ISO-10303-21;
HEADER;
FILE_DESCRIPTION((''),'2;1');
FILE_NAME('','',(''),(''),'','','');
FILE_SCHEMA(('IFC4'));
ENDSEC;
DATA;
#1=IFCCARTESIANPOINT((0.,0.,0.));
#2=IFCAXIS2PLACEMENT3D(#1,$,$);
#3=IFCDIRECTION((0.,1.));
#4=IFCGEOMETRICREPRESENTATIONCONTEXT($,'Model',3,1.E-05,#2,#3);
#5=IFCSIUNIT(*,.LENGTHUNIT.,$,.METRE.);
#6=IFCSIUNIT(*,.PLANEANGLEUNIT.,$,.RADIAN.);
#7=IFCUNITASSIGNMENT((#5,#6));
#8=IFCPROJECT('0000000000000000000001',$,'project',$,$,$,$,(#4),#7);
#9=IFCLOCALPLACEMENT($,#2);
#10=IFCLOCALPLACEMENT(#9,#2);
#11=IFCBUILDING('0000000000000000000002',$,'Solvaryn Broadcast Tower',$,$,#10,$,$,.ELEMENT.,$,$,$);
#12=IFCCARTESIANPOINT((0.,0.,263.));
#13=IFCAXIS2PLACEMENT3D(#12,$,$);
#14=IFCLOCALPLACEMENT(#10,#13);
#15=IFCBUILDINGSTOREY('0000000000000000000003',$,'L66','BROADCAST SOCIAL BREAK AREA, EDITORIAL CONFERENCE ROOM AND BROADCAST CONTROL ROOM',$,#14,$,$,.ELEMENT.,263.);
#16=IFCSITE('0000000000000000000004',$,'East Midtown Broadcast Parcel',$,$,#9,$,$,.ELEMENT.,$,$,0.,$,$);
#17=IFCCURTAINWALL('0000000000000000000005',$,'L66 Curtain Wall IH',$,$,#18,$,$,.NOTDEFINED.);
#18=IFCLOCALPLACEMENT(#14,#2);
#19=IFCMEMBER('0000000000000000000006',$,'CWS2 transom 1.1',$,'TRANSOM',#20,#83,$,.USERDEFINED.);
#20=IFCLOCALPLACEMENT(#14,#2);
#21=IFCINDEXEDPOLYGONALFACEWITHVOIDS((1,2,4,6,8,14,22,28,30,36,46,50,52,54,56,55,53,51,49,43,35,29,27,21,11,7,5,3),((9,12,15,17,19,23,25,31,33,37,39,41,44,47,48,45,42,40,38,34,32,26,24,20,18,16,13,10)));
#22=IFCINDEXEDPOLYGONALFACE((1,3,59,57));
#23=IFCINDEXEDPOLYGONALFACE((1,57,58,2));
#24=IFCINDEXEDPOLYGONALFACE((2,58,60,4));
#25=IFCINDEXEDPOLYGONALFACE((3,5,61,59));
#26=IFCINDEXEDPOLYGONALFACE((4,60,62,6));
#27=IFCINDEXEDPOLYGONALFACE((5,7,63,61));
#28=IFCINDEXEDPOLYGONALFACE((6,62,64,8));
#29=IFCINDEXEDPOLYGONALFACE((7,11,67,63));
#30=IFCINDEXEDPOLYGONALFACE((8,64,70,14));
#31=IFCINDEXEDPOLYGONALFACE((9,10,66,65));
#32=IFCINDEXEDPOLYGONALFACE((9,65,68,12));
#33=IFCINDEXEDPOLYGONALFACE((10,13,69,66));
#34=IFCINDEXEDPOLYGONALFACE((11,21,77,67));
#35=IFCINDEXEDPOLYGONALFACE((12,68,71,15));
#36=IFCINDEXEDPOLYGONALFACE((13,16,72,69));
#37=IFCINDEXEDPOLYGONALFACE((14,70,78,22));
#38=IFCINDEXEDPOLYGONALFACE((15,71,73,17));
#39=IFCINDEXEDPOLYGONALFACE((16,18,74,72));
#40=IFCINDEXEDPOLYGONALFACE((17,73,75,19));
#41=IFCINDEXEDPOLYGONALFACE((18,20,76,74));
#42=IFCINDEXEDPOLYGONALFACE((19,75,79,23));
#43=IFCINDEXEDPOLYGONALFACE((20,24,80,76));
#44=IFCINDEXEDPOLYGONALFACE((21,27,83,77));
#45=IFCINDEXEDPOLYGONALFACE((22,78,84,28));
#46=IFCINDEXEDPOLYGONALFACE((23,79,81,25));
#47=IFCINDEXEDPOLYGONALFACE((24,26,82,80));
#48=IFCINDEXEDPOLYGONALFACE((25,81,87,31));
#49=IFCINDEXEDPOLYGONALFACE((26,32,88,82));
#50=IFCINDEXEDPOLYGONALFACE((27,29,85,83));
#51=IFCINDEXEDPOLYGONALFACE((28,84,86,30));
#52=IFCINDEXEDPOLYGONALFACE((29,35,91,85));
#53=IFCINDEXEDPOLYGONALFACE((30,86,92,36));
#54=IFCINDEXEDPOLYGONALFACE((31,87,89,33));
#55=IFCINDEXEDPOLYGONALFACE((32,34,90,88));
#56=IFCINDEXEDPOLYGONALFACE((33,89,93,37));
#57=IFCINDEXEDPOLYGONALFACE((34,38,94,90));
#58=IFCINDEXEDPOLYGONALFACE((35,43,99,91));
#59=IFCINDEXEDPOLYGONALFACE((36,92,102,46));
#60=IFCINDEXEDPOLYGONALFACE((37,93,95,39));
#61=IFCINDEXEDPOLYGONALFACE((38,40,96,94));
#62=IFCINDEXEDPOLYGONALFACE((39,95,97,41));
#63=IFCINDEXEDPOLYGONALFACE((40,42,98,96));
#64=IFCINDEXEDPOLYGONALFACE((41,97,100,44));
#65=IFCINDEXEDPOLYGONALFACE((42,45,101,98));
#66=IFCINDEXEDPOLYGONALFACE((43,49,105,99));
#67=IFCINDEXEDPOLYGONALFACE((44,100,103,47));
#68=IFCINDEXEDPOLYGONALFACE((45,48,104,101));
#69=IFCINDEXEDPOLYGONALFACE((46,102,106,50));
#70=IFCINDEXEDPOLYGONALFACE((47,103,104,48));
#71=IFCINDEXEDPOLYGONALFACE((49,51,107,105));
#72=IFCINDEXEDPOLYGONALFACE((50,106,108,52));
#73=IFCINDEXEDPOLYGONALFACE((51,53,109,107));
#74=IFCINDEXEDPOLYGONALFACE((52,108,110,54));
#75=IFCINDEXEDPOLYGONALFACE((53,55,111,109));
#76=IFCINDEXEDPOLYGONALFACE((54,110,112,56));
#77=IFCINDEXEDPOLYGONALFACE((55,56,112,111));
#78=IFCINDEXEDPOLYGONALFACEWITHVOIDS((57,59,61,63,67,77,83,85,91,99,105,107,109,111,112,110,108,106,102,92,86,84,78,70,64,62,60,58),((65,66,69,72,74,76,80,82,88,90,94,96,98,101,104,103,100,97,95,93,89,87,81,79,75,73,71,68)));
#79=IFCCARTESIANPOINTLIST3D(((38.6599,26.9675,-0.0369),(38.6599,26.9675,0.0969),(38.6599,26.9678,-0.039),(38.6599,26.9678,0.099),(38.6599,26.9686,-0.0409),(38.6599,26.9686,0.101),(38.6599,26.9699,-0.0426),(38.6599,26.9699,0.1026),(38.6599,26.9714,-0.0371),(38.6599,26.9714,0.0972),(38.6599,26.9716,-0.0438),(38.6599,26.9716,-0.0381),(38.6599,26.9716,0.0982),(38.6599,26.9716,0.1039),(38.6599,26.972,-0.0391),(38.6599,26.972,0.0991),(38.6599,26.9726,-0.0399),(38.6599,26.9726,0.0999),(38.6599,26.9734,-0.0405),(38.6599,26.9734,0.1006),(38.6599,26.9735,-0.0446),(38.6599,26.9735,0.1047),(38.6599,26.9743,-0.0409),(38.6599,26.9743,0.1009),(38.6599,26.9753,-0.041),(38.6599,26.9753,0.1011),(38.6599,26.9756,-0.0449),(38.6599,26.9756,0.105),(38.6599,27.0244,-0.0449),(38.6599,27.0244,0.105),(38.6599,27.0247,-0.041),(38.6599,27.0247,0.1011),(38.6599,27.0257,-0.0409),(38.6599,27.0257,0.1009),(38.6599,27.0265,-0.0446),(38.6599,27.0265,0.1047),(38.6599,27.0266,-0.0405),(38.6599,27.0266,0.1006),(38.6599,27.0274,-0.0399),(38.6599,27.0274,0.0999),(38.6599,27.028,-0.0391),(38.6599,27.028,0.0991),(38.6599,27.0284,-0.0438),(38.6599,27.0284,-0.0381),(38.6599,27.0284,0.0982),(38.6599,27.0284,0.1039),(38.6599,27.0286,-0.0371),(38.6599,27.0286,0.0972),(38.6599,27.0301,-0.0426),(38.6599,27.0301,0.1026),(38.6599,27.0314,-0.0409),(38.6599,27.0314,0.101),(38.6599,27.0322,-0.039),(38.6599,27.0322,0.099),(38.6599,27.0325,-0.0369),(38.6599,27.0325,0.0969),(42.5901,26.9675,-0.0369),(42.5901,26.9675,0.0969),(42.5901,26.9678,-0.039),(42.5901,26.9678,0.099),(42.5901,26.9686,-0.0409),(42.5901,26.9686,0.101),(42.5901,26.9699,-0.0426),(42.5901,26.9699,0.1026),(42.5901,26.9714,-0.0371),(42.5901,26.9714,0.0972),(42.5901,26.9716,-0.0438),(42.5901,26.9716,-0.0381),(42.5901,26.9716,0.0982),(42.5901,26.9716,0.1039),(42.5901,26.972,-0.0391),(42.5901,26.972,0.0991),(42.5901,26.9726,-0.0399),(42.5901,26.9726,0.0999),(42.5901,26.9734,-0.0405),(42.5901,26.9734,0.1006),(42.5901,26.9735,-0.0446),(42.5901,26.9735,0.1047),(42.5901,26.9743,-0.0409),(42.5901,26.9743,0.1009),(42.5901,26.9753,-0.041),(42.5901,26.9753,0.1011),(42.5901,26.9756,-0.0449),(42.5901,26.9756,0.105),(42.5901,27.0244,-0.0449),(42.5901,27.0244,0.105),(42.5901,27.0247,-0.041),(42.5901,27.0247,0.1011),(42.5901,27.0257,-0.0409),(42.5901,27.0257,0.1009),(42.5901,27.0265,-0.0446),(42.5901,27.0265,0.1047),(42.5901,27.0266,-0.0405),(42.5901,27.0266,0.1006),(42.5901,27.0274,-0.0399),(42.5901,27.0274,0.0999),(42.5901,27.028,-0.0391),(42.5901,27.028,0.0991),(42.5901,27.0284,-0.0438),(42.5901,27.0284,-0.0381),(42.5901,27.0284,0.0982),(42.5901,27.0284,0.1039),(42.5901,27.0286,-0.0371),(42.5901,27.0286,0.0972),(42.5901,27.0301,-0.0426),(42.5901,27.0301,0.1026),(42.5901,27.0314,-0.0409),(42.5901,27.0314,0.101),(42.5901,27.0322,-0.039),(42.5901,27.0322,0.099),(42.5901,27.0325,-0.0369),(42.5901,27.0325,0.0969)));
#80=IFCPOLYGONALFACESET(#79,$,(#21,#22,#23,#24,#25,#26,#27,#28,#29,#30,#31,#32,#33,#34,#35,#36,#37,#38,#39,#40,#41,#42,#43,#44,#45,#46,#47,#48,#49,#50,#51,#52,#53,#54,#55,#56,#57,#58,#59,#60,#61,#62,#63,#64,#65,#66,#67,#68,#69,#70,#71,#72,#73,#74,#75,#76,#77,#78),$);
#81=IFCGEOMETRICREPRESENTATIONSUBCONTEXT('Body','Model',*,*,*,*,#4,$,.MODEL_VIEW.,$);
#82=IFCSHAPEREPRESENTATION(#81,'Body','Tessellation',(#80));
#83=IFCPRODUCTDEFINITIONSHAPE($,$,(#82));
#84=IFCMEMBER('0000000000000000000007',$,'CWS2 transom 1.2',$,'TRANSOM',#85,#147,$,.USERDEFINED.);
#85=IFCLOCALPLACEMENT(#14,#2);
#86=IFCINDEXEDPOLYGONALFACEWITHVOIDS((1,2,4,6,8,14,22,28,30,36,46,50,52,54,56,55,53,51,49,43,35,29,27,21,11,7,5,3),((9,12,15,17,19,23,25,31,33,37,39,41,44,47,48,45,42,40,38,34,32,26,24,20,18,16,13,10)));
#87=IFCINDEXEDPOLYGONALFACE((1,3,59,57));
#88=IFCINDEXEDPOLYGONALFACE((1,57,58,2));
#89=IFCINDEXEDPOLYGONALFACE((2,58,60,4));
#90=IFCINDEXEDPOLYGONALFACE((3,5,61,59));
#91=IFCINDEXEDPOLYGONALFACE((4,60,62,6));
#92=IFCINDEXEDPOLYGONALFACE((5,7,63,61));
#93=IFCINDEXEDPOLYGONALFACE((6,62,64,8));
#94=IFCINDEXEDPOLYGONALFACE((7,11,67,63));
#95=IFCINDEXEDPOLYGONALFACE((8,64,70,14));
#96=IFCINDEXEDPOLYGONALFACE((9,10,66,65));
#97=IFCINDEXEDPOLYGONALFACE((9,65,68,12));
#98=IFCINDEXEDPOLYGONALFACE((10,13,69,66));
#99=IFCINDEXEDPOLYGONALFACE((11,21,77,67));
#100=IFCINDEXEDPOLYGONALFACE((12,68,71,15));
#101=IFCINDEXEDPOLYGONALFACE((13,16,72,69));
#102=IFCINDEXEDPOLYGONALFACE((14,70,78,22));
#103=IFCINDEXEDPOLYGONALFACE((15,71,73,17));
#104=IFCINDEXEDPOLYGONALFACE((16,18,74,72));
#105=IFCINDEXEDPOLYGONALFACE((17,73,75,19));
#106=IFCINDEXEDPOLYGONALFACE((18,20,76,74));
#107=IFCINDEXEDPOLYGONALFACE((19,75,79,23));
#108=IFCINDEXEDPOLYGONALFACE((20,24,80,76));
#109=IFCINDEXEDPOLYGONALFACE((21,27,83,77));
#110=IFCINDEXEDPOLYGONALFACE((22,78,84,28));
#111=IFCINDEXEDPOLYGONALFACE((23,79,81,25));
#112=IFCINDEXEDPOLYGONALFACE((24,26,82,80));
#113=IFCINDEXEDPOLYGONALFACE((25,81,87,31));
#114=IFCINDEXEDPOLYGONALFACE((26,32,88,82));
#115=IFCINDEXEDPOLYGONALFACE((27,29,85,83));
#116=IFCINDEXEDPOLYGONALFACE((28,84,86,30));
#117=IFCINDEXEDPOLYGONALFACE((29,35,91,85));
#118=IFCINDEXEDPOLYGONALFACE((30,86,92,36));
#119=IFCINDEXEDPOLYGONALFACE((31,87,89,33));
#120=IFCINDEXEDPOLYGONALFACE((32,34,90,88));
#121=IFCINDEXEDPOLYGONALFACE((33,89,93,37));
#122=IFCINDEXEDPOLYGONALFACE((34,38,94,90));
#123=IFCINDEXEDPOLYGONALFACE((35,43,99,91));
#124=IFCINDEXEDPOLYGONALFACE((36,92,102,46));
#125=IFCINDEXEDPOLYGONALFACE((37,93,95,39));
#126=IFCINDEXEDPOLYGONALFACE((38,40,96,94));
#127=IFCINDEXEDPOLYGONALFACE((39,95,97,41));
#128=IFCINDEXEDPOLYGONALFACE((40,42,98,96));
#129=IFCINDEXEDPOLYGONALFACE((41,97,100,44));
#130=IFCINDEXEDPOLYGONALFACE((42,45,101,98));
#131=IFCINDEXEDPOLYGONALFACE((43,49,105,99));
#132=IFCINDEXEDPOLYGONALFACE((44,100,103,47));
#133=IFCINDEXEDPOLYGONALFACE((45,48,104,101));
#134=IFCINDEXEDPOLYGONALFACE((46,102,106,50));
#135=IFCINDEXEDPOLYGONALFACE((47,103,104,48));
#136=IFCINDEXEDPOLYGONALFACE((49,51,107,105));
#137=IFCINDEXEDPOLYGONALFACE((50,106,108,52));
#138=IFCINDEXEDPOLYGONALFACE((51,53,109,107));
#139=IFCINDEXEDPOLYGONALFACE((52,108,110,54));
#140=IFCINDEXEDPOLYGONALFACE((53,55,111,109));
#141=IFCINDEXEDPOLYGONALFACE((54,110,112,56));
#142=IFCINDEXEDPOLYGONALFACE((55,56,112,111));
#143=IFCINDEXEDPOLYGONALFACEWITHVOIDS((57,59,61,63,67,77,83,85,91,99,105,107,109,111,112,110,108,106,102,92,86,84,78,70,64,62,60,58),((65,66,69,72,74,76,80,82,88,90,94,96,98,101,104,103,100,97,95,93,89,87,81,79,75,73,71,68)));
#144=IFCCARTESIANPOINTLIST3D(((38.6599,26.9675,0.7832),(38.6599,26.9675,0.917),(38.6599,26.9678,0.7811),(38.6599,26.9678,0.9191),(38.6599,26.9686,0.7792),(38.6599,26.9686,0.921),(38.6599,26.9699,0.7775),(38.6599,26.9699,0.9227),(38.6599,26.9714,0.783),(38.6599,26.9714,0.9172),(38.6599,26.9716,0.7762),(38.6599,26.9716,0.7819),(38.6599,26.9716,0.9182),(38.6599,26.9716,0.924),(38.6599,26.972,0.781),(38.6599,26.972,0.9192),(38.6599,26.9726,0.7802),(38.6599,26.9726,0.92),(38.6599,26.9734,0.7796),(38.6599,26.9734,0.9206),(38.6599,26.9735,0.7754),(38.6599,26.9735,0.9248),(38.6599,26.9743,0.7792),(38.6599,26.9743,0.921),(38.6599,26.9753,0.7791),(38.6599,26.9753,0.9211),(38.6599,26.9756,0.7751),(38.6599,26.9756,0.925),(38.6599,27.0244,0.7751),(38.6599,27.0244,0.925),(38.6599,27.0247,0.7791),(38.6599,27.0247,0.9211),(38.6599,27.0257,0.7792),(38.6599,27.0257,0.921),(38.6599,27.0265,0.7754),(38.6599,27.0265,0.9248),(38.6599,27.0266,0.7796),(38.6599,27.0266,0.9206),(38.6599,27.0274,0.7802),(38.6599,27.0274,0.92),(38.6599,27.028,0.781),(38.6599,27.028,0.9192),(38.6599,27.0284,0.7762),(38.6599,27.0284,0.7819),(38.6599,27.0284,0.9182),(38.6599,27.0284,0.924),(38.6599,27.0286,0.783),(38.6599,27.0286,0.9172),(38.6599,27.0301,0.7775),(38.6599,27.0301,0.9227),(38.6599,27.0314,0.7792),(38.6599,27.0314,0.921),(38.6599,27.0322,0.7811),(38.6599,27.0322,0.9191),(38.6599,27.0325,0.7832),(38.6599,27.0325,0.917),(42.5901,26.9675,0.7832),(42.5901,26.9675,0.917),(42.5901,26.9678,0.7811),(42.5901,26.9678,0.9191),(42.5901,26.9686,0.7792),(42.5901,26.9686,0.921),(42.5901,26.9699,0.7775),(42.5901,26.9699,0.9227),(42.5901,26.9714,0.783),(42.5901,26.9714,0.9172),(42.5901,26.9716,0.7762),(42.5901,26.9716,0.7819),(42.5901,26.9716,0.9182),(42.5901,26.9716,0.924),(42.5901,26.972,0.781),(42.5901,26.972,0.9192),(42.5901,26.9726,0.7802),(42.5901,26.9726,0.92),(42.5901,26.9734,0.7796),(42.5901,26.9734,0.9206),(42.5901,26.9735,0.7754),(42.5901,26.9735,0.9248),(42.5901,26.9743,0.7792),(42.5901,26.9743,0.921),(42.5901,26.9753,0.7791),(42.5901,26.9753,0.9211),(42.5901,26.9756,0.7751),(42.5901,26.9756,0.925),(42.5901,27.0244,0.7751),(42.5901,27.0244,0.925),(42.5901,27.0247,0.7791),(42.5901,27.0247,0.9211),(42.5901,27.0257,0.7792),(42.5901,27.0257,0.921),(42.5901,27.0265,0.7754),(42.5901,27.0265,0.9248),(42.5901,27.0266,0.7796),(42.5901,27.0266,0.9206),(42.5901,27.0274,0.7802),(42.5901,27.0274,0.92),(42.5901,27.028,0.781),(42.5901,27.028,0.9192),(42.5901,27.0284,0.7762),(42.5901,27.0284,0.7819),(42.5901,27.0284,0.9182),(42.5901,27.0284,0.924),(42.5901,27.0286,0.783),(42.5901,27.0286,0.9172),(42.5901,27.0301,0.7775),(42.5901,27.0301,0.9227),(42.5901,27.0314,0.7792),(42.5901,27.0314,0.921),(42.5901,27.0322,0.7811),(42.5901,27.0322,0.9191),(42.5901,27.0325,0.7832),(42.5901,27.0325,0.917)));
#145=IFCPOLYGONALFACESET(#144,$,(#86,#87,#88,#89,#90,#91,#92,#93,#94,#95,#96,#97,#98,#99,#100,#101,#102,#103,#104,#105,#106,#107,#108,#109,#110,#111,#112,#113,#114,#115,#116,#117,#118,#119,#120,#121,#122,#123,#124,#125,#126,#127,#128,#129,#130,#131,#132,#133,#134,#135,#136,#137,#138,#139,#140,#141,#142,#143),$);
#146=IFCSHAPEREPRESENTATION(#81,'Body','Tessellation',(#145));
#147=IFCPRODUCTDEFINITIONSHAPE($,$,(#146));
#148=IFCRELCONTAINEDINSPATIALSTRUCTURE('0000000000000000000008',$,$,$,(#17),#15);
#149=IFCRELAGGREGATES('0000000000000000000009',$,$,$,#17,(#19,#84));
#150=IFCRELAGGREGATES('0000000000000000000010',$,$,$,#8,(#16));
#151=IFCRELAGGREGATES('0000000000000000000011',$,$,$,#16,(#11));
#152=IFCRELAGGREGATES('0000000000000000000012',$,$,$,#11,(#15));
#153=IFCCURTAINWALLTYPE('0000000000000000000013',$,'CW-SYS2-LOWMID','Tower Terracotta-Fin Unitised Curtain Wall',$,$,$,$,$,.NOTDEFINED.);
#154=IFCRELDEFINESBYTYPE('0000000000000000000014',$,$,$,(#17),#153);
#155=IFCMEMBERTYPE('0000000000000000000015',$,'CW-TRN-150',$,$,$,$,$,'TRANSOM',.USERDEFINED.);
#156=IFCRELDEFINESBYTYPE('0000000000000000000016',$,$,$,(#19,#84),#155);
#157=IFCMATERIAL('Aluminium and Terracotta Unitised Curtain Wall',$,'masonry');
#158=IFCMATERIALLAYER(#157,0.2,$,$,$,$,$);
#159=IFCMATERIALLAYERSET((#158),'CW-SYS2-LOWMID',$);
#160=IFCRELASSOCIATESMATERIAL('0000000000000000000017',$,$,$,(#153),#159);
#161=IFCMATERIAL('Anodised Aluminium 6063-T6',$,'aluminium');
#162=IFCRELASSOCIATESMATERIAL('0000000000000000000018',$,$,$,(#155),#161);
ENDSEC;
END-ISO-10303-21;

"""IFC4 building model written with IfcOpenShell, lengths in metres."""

from ifc_helpers import new_model, si_unit, direction, frame, origin, origin_2d, place, context, subcontext, project, spatial, hollow_rectangle, extrude, material, layer, layer_set, material_profile, profile_set, type_object, element, aggregate, save


model = new_model("IFC4")

# Units and contexts
model_context = context("Model", 3, precision=1e-05, world=origin(), true_north=direction((0.0, 1.0)))
body_context = subcontext(model_context, "Body", "Model", "MODEL_VIEW")
ifc_project = project(units=[si_unit("LENGTHUNIT", "METRE"), si_unit("PLANEANGLEUNIT", "RADIAN")], contexts=[model_context])

# Site, building, storey
site_placement = place(None, origin())
site = spatial("IfcSite", under=ifc_project, at=site_placement, Name="East Midtown Broadcast Parcel", CompositionType="ELEMENT", RefElevation=0.0)
building_placement = place(site_placement, origin())
building = spatial("IfcBuilding", under=site, at=building_placement, Name="Solvaryn Broadcast Tower", CompositionType="ELEMENT")
storey_placement = place(building_placement, frame((0.0, 0.0, 263.0)))
storey = spatial("IfcBuildingStorey", under=building, at=storey_placement, Name="L66", Description="BROADCAST SOCIAL BREAK AREA, EDITORIAL CONFERENCE ROOM AND BROADCAST CONTROL ROOM", CompositionType="ELEMENT", Elevation=263.0)

# Shared definitions
ifc_material_1 = material(Name="Aluminium and Terracotta Unitised Curtain Wall", Category="masonry")
ifc_layer_1 = layer(ifc_material_1, 0.2)
ifc_layer_set_1 = layer_set([ifc_layer_1], Name="CW-SYS2-LOWMID")
curtain_wall_type = type_object("IfcCurtainWallType", Name="CW-SYS2-LOWMID", Description="Tower Terracotta-Fin Unitised Curtain Wall", PredefinedType="NOTDEFINED", material=ifc_layer_set_1)

# Curtain wall
curtain_wall_1_placement = place(storey_placement, origin())
curtain_wall_1 = element("IfcCurtainWall", 1, at=curtain_wall_1_placement, inside=storey, type_object=curtain_wall_type, Name="L66 Curtain Wall IH", PredefinedType="NOTDEFINED")

# Members
ifc_material_2 = material(Name="Anodised Aluminium 6063-T6", Category="aluminium")
ifc_material_profile_1 = material_profile(ifc_material_2, hollow_rectangle(XDim=0.0649, YDim=0.1499, WallThickness=0.0039, InnerFilletRadius=0.0039, OuterFilletRadius=0.0081, at=origin_2d()))
ifc_profile_set_1 = profile_set([ifc_material_profile_1], Name="Anodised Aluminium 6063-T6")
member_type_1 = type_object("IfcMemberType", Name="CW-TRN-150", ElementType="TRANSOM", PredefinedType="USERDEFINED", material=ifc_profile_set_1)
member_1_placement = place(storey_placement, frame((38.6599, 27.0, 0.03), z_axis=(1.0, 0.0, 0.0), x_axis=(0.0, 1.0, 0.0)))
member_1 = element("IfcMember", 2, at=member_1_placement, type_object=member_type_1, Name="CWS2 transom 1.1", ObjectType="TRANSOM", PredefinedType="USERDEFINED", context=body_context, shape_type="SweptSolid", body=[
    extrude(hollow_rectangle(XDim=0.0649, YDim=0.1499, WallThickness=0.0039, InnerFilletRadius=0.0039, OuterFilletRadius=0.0081, at=origin_2d()), origin(), (0.0, 0.0, 1.0), 3.9302),
])
member_2_placement = place(storey_placement, frame((38.6599, 27.0, 0.8501), z_axis=(1.0, 0.0, 0.0), x_axis=(0.0, 1.0, 0.0)))
member_2 = element("IfcMember", 3, at=member_2_placement, type_object=member_type_1, Name="CWS2 transom 1.2", ObjectType="TRANSOM", PredefinedType="USERDEFINED", context=body_context, shape_type="SweptSolid", body=[
    extrude(hollow_rectangle(XDim=0.0649, YDim=0.1499, WallThickness=0.0039, InnerFilletRadius=0.0039, OuterFilletRadius=0.0081, at=origin_2d()), origin(), (0.0, 0.0, 1.0), 3.9302),
])

aggregate(curtain_wall_1, [member_1, member_2])

save(model, "model.ifc")
